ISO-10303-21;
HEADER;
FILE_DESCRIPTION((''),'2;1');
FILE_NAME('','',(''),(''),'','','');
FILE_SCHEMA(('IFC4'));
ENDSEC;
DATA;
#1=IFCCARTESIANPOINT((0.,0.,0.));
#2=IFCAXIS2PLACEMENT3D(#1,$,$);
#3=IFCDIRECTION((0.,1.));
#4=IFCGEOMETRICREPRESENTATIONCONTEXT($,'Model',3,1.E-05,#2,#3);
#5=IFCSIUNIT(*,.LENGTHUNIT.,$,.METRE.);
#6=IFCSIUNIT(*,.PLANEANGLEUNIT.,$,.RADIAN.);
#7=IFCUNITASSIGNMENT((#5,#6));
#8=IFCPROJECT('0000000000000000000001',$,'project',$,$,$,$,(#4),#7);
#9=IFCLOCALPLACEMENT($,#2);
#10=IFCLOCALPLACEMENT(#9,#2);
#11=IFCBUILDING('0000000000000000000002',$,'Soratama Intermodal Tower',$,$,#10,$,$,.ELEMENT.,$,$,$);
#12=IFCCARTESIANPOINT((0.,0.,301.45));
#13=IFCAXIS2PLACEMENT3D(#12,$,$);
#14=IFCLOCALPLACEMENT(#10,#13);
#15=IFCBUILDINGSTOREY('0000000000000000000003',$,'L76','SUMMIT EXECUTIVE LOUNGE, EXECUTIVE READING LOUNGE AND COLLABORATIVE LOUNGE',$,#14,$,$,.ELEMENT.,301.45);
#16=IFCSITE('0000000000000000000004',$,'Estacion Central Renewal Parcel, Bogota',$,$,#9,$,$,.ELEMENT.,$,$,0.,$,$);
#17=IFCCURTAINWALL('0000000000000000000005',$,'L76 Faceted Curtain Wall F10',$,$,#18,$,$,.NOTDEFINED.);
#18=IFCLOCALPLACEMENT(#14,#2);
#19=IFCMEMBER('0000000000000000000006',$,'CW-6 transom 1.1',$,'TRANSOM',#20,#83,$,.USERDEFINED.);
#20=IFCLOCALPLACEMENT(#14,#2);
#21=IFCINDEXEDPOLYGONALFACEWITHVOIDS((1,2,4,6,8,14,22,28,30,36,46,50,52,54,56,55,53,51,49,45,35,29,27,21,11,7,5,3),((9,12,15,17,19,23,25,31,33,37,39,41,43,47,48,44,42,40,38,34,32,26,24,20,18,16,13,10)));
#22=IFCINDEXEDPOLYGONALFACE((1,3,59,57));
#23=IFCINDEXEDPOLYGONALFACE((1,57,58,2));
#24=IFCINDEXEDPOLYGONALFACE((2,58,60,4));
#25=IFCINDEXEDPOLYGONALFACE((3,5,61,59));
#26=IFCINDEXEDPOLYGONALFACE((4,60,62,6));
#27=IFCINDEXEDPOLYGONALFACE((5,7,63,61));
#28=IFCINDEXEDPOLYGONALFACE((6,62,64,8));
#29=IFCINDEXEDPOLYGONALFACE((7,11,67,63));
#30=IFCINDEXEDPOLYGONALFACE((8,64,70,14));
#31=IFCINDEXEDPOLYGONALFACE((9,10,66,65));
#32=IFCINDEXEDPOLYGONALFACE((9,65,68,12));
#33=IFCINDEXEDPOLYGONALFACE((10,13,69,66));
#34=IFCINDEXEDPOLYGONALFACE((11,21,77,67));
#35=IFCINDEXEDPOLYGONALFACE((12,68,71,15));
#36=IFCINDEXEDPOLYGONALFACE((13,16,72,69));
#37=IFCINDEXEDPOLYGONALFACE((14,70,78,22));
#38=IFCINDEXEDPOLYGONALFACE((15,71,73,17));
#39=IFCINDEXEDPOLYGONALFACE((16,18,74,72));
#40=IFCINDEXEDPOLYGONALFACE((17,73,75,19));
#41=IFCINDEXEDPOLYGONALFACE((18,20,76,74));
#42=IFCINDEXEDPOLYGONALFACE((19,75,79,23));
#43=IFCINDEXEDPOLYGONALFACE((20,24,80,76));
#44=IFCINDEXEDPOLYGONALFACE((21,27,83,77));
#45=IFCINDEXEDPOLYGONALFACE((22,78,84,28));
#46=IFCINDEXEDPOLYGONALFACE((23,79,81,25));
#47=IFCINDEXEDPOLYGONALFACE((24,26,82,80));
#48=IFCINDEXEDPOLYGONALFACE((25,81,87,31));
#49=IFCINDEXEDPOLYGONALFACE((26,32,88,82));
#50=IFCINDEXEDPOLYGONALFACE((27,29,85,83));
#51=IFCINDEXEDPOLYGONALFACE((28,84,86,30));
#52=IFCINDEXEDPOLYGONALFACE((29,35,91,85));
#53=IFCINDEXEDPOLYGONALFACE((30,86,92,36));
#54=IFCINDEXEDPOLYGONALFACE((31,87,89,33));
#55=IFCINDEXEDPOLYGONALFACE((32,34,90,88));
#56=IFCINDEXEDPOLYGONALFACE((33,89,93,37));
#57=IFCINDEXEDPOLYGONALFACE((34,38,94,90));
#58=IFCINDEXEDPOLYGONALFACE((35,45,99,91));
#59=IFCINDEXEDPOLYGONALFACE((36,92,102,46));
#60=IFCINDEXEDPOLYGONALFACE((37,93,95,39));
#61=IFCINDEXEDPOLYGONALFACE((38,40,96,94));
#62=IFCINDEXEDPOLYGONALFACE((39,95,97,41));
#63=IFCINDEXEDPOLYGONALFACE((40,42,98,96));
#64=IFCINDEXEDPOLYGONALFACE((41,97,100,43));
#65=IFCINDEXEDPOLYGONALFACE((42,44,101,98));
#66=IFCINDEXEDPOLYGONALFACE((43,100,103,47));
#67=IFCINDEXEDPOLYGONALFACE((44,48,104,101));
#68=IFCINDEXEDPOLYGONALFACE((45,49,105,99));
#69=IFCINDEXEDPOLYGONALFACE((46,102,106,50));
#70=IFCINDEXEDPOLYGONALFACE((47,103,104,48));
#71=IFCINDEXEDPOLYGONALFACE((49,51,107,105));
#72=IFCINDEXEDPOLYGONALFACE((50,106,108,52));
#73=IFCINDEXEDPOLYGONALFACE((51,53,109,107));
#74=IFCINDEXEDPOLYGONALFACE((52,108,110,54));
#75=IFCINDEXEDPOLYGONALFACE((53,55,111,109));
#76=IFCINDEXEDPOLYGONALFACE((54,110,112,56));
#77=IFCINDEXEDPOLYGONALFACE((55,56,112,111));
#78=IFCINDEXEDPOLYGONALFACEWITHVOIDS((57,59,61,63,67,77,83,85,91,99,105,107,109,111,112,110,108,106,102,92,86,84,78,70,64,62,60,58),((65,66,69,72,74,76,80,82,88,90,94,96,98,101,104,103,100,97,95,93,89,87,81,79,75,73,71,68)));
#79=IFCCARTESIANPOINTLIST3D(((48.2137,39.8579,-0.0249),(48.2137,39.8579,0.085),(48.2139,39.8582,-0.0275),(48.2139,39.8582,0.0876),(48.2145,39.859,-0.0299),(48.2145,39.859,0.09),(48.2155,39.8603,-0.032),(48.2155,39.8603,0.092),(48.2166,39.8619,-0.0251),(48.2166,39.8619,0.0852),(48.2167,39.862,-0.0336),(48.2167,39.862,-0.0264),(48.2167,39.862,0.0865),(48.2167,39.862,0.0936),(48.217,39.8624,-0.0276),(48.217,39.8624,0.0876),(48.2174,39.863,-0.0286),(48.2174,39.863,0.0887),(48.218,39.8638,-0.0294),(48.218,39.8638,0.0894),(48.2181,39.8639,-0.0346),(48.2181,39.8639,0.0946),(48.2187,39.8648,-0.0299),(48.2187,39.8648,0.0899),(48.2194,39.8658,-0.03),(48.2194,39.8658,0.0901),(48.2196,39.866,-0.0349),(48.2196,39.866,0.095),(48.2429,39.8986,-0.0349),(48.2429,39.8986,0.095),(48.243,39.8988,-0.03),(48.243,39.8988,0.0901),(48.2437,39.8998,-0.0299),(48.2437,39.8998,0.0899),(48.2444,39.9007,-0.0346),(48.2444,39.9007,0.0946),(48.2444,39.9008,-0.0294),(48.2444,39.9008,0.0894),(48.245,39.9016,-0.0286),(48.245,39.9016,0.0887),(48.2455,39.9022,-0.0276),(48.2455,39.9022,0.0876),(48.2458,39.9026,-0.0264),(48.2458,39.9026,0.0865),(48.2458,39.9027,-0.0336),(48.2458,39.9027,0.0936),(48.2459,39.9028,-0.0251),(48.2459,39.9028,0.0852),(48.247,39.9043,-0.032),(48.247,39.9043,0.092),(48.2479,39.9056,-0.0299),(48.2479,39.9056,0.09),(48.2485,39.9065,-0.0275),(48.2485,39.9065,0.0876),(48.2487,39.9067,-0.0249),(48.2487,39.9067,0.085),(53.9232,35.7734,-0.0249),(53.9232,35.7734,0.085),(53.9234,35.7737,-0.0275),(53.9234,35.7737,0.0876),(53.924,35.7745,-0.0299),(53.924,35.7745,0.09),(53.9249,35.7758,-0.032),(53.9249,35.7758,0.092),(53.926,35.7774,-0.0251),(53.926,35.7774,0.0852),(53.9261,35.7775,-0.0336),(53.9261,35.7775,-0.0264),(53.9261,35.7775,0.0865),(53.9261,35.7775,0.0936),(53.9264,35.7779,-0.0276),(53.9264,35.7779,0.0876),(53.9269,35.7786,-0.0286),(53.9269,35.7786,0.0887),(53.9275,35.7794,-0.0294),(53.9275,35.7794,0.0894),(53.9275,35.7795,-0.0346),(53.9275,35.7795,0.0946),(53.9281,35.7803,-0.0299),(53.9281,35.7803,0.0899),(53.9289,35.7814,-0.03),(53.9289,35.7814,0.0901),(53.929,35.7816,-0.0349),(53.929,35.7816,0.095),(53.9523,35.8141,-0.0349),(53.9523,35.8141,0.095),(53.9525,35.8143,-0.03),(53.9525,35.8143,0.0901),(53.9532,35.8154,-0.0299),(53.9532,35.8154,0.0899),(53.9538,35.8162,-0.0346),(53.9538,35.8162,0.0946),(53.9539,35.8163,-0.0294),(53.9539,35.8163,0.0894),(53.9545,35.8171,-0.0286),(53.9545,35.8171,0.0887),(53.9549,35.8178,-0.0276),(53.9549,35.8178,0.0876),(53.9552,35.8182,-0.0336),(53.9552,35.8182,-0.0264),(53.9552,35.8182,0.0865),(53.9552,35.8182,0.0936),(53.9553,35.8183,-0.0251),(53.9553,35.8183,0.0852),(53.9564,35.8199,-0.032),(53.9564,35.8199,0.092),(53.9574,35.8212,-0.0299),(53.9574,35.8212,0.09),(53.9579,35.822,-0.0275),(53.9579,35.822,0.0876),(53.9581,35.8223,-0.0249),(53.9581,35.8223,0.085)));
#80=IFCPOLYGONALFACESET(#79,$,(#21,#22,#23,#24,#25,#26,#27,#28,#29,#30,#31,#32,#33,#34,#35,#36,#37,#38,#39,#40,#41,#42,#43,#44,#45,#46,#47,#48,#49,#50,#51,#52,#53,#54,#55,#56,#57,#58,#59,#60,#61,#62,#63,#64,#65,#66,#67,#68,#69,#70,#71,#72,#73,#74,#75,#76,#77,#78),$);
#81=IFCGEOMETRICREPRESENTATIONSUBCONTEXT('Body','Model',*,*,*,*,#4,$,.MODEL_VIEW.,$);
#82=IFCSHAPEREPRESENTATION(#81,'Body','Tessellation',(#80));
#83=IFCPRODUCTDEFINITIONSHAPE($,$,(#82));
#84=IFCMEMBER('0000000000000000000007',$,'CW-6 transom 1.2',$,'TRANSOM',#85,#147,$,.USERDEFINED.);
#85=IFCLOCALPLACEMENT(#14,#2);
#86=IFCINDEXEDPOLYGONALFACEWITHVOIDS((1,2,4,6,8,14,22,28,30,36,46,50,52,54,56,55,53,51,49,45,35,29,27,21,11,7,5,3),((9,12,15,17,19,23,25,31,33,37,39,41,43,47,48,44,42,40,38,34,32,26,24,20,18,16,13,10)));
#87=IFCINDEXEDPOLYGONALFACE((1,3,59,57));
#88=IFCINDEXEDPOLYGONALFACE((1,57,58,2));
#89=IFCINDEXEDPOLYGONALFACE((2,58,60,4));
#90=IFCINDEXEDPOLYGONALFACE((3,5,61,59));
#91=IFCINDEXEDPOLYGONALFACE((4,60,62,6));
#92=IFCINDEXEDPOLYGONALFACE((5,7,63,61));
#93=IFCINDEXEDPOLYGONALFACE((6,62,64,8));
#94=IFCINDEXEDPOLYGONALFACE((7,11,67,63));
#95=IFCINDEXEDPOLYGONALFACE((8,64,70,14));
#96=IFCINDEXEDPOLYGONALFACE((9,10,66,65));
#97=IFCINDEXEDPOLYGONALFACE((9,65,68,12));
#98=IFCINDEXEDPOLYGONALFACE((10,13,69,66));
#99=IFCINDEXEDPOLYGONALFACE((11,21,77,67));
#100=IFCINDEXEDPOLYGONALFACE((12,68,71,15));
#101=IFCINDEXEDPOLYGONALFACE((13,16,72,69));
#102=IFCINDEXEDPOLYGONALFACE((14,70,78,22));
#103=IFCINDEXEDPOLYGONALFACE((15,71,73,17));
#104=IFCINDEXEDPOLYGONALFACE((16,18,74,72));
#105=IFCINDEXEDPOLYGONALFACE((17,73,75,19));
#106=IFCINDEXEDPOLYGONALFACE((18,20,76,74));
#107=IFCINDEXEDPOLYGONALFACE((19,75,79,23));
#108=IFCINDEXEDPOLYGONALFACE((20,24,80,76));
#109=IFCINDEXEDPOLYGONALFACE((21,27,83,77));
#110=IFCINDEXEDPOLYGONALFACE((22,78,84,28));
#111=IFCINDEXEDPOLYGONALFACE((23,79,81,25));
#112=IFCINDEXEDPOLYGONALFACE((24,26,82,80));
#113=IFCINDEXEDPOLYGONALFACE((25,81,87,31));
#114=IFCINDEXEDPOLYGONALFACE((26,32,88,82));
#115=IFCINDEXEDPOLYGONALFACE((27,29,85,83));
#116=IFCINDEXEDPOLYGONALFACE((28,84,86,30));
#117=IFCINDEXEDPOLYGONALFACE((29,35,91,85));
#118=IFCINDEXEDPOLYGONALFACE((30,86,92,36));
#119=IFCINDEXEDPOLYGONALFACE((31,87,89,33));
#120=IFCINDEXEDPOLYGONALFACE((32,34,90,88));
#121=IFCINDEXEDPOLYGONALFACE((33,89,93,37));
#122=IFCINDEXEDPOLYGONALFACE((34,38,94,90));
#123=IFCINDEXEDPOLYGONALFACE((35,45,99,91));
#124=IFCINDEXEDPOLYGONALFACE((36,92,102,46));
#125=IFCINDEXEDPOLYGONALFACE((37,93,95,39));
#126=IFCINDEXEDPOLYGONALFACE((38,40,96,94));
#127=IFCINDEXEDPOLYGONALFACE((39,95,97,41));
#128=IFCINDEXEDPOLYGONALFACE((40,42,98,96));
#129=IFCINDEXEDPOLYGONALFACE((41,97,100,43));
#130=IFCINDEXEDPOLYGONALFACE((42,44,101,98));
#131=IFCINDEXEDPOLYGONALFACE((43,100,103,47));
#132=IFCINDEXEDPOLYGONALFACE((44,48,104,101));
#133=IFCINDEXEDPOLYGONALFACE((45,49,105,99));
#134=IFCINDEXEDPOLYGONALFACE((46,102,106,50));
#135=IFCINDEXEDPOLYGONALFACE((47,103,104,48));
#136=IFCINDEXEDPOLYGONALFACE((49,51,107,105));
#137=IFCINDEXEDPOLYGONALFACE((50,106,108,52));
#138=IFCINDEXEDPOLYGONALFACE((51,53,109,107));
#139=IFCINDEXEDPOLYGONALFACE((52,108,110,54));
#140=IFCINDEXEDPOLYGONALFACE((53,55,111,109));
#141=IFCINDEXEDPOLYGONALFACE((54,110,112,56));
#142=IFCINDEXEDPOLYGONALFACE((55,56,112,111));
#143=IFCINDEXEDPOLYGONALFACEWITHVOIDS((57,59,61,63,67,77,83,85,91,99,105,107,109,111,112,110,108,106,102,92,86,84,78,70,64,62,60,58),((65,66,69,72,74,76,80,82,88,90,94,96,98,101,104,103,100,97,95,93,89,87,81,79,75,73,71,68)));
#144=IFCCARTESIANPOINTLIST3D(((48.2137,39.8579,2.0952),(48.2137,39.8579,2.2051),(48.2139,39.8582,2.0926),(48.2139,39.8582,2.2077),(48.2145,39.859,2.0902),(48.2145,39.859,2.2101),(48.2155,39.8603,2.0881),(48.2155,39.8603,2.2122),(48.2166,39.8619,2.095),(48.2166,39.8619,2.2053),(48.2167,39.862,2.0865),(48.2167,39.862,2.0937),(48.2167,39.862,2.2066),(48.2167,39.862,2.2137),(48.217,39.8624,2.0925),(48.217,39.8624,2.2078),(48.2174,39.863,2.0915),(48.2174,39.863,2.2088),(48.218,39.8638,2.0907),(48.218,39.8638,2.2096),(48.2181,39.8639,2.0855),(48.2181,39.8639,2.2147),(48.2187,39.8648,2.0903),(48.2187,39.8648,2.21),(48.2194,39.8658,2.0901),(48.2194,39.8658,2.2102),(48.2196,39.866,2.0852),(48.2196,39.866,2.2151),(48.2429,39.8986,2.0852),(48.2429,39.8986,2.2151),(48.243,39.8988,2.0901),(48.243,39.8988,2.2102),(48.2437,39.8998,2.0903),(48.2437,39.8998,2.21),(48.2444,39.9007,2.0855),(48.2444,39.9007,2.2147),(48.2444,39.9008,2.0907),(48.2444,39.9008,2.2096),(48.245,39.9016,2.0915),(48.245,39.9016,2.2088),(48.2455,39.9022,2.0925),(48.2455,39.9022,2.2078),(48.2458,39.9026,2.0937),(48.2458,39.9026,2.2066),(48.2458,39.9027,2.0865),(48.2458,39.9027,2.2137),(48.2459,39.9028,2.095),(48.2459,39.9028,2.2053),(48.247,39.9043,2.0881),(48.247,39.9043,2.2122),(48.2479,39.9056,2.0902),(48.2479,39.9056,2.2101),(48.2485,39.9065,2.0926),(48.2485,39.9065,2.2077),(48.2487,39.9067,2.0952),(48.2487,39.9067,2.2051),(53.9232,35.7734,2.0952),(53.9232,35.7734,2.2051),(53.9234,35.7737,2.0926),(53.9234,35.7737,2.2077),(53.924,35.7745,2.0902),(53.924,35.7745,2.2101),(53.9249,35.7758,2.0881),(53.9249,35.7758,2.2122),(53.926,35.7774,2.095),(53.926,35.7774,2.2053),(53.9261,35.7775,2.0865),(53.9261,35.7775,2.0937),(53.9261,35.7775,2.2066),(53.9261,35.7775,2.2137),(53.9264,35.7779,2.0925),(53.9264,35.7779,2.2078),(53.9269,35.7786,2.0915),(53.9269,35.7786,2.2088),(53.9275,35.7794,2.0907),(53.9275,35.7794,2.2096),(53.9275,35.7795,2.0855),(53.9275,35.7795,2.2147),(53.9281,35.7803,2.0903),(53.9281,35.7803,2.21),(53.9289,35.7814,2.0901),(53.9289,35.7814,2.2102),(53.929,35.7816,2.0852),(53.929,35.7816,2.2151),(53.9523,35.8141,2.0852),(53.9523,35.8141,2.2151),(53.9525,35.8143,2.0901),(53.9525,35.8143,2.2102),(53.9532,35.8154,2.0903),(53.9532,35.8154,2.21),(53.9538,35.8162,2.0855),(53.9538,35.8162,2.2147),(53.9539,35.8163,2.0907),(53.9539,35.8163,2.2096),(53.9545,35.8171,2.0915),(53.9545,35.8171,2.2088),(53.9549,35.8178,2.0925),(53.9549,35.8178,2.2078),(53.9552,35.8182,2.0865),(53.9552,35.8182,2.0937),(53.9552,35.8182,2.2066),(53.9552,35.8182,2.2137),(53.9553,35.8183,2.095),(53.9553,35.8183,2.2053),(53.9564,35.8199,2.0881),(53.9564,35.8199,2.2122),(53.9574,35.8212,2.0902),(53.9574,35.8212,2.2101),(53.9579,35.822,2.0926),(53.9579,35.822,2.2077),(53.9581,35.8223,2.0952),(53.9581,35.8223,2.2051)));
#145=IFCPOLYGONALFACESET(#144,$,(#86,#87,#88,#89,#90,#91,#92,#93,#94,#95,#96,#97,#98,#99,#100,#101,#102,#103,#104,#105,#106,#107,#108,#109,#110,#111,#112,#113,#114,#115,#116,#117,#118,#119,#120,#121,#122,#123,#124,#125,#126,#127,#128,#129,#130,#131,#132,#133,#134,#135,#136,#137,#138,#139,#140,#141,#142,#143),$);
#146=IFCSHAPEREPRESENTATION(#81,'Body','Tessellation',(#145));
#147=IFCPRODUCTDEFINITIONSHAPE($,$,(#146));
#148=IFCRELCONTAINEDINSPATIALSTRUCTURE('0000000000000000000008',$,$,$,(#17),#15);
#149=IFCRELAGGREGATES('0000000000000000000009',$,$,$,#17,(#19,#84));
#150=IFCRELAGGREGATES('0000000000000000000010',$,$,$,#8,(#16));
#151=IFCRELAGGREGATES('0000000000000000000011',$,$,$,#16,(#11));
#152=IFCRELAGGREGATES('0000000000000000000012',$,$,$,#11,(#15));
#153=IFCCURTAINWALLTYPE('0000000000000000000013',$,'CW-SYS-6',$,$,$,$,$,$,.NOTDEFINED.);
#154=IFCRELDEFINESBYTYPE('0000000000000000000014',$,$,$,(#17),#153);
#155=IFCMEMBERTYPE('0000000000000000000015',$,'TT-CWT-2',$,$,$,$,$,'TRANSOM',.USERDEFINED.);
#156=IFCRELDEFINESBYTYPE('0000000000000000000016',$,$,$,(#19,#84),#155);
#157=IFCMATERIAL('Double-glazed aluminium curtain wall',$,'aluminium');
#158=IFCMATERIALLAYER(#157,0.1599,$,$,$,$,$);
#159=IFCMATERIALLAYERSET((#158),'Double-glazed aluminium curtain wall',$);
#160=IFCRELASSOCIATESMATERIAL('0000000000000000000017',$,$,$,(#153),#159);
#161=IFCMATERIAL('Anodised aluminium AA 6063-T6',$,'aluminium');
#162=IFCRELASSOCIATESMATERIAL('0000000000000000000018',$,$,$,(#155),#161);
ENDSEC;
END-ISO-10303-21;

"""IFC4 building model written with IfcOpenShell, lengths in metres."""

from ifc_helpers import new_model, si_unit, direction, frame, origin, origin_2d, place, context, subcontext, project, spatial, hollow_rectangle, extrude, material, layer, layer_set, material_profile, profile_set, type_object, element, aggregate, save


model = new_model("IFC4")

# Units and contexts
model_context = context("Model", 3, precision=1e-05, world=origin(), true_north=direction((0.0, 1.0)))
body_context = subcontext(model_context, "Body", "Model", "MODEL_VIEW")
ifc_project = project(units=[si_unit("LENGTHUNIT", "METRE"), si_unit("PLANEANGLEUNIT", "RADIAN")], contexts=[model_context])

# Site, building, storey
site_placement = place(None, origin())
site = spatial("IfcSite", under=ifc_project, at=site_placement, Name="Estacion Central Renewal Parcel, Bogota", CompositionType="ELEMENT", RefElevation=0.0)
building_placement = place(site_placement, origin())
building = spatial("IfcBuilding", under=site, at=building_placement, Name="Soratama Intermodal Tower", CompositionType="ELEMENT")
storey_placement = place(building_placement, frame((0.0, 0.0, 301.45)))
storey = spatial("IfcBuildingStorey", under=building, at=storey_placement, Name="L76", Description="SUMMIT EXECUTIVE LOUNGE, EXECUTIVE READING LOUNGE AND COLLABORATIVE LOUNGE", CompositionType="ELEMENT", Elevation=301.45)

# Curtain wall
ifc_material_1 = material(Name="Double-glazed aluminium curtain wall", Category="aluminium")
ifc_layer_1 = layer(ifc_material_1, 0.1599)
ifc_layer_set_1 = layer_set([ifc_layer_1], Name="Double-glazed aluminium curtain wall")
curtain_wall_type = type_object("IfcCurtainWallType", Name="CW-SYS-6", PredefinedType="NOTDEFINED", material=ifc_layer_set_1)
curtain_wall_1_placement = place(storey_placement, origin())
curtain_wall_1 = element("IfcCurtainWall", 1, at=curtain_wall_1_placement, inside=storey, type_object=curtain_wall_type, Name="L76 Faceted Curtain Wall F10", PredefinedType="NOTDEFINED")

# Members
ifc_material_2 = material(Name="Anodised aluminium AA 6063-T6", Category="aluminium")
ifc_material_profile_1 = material_profile(ifc_material_2, hollow_rectangle(XDim=0.0601, YDim=0.1299, WallThickness=0.0049, InnerFilletRadius=0.0049, OuterFilletRadius=0.01, at=origin_2d()), Name="CWT130X60X5")
ifc_profile_set_1 = profile_set([ifc_material_profile_1], Name="Anodised aluminium AA 6063-T6")
member_type_1 = type_object("IfcMemberType", Name="TT-CWT-2", ElementType="TRANSOM", PredefinedType="USERDEFINED", material=ifc_profile_set_1)
member_1_placement = place(storey_placement, frame((53.9407, 35.7979, 0.03), z_axis=(-0.81331, 0.58183, 0.0), x_axis=(-0.58183, -0.81331, 0.0)))
member_1 = element("IfcMember", 2, at=member_1_placement, type_object=member_type_1, Name="CW-6 transom 1.1", ObjectType="TRANSOM", PredefinedType="USERDEFINED", context=body_context, shape_type="SweptSolid", body=[
    extrude(hollow_rectangle(XDim=0.0601, YDim=0.1299, WallThickness=0.0049, InnerFilletRadius=0.0049, OuterFilletRadius=0.01, at=origin_2d()), origin(), (0.0, 0.0, 1.0), 7.02),
])
member_2_placement = place(storey_placement, frame((53.9407, 35.7979, 2.1501), z_axis=(-0.81331, 0.58183, 0.0), x_axis=(-0.58183, -0.81331, 0.0)))
member_2 = element("IfcMember", 3, at=member_2_placement, type_object=member_type_1, Name="CW-6 transom 1.2", ObjectType="TRANSOM", PredefinedType="USERDEFINED", context=body_context, shape_type="SweptSolid", body=[
    extrude(hollow_rectangle(XDim=0.0601, YDim=0.1299, WallThickness=0.0049, InnerFilletRadius=0.0049, OuterFilletRadius=0.01, at=origin_2d()), origin(), (0.0, 0.0, 1.0), 7.02),
])

aggregate(curtain_wall_1, [member_1, member_2])

save(model, "model.ifc")
